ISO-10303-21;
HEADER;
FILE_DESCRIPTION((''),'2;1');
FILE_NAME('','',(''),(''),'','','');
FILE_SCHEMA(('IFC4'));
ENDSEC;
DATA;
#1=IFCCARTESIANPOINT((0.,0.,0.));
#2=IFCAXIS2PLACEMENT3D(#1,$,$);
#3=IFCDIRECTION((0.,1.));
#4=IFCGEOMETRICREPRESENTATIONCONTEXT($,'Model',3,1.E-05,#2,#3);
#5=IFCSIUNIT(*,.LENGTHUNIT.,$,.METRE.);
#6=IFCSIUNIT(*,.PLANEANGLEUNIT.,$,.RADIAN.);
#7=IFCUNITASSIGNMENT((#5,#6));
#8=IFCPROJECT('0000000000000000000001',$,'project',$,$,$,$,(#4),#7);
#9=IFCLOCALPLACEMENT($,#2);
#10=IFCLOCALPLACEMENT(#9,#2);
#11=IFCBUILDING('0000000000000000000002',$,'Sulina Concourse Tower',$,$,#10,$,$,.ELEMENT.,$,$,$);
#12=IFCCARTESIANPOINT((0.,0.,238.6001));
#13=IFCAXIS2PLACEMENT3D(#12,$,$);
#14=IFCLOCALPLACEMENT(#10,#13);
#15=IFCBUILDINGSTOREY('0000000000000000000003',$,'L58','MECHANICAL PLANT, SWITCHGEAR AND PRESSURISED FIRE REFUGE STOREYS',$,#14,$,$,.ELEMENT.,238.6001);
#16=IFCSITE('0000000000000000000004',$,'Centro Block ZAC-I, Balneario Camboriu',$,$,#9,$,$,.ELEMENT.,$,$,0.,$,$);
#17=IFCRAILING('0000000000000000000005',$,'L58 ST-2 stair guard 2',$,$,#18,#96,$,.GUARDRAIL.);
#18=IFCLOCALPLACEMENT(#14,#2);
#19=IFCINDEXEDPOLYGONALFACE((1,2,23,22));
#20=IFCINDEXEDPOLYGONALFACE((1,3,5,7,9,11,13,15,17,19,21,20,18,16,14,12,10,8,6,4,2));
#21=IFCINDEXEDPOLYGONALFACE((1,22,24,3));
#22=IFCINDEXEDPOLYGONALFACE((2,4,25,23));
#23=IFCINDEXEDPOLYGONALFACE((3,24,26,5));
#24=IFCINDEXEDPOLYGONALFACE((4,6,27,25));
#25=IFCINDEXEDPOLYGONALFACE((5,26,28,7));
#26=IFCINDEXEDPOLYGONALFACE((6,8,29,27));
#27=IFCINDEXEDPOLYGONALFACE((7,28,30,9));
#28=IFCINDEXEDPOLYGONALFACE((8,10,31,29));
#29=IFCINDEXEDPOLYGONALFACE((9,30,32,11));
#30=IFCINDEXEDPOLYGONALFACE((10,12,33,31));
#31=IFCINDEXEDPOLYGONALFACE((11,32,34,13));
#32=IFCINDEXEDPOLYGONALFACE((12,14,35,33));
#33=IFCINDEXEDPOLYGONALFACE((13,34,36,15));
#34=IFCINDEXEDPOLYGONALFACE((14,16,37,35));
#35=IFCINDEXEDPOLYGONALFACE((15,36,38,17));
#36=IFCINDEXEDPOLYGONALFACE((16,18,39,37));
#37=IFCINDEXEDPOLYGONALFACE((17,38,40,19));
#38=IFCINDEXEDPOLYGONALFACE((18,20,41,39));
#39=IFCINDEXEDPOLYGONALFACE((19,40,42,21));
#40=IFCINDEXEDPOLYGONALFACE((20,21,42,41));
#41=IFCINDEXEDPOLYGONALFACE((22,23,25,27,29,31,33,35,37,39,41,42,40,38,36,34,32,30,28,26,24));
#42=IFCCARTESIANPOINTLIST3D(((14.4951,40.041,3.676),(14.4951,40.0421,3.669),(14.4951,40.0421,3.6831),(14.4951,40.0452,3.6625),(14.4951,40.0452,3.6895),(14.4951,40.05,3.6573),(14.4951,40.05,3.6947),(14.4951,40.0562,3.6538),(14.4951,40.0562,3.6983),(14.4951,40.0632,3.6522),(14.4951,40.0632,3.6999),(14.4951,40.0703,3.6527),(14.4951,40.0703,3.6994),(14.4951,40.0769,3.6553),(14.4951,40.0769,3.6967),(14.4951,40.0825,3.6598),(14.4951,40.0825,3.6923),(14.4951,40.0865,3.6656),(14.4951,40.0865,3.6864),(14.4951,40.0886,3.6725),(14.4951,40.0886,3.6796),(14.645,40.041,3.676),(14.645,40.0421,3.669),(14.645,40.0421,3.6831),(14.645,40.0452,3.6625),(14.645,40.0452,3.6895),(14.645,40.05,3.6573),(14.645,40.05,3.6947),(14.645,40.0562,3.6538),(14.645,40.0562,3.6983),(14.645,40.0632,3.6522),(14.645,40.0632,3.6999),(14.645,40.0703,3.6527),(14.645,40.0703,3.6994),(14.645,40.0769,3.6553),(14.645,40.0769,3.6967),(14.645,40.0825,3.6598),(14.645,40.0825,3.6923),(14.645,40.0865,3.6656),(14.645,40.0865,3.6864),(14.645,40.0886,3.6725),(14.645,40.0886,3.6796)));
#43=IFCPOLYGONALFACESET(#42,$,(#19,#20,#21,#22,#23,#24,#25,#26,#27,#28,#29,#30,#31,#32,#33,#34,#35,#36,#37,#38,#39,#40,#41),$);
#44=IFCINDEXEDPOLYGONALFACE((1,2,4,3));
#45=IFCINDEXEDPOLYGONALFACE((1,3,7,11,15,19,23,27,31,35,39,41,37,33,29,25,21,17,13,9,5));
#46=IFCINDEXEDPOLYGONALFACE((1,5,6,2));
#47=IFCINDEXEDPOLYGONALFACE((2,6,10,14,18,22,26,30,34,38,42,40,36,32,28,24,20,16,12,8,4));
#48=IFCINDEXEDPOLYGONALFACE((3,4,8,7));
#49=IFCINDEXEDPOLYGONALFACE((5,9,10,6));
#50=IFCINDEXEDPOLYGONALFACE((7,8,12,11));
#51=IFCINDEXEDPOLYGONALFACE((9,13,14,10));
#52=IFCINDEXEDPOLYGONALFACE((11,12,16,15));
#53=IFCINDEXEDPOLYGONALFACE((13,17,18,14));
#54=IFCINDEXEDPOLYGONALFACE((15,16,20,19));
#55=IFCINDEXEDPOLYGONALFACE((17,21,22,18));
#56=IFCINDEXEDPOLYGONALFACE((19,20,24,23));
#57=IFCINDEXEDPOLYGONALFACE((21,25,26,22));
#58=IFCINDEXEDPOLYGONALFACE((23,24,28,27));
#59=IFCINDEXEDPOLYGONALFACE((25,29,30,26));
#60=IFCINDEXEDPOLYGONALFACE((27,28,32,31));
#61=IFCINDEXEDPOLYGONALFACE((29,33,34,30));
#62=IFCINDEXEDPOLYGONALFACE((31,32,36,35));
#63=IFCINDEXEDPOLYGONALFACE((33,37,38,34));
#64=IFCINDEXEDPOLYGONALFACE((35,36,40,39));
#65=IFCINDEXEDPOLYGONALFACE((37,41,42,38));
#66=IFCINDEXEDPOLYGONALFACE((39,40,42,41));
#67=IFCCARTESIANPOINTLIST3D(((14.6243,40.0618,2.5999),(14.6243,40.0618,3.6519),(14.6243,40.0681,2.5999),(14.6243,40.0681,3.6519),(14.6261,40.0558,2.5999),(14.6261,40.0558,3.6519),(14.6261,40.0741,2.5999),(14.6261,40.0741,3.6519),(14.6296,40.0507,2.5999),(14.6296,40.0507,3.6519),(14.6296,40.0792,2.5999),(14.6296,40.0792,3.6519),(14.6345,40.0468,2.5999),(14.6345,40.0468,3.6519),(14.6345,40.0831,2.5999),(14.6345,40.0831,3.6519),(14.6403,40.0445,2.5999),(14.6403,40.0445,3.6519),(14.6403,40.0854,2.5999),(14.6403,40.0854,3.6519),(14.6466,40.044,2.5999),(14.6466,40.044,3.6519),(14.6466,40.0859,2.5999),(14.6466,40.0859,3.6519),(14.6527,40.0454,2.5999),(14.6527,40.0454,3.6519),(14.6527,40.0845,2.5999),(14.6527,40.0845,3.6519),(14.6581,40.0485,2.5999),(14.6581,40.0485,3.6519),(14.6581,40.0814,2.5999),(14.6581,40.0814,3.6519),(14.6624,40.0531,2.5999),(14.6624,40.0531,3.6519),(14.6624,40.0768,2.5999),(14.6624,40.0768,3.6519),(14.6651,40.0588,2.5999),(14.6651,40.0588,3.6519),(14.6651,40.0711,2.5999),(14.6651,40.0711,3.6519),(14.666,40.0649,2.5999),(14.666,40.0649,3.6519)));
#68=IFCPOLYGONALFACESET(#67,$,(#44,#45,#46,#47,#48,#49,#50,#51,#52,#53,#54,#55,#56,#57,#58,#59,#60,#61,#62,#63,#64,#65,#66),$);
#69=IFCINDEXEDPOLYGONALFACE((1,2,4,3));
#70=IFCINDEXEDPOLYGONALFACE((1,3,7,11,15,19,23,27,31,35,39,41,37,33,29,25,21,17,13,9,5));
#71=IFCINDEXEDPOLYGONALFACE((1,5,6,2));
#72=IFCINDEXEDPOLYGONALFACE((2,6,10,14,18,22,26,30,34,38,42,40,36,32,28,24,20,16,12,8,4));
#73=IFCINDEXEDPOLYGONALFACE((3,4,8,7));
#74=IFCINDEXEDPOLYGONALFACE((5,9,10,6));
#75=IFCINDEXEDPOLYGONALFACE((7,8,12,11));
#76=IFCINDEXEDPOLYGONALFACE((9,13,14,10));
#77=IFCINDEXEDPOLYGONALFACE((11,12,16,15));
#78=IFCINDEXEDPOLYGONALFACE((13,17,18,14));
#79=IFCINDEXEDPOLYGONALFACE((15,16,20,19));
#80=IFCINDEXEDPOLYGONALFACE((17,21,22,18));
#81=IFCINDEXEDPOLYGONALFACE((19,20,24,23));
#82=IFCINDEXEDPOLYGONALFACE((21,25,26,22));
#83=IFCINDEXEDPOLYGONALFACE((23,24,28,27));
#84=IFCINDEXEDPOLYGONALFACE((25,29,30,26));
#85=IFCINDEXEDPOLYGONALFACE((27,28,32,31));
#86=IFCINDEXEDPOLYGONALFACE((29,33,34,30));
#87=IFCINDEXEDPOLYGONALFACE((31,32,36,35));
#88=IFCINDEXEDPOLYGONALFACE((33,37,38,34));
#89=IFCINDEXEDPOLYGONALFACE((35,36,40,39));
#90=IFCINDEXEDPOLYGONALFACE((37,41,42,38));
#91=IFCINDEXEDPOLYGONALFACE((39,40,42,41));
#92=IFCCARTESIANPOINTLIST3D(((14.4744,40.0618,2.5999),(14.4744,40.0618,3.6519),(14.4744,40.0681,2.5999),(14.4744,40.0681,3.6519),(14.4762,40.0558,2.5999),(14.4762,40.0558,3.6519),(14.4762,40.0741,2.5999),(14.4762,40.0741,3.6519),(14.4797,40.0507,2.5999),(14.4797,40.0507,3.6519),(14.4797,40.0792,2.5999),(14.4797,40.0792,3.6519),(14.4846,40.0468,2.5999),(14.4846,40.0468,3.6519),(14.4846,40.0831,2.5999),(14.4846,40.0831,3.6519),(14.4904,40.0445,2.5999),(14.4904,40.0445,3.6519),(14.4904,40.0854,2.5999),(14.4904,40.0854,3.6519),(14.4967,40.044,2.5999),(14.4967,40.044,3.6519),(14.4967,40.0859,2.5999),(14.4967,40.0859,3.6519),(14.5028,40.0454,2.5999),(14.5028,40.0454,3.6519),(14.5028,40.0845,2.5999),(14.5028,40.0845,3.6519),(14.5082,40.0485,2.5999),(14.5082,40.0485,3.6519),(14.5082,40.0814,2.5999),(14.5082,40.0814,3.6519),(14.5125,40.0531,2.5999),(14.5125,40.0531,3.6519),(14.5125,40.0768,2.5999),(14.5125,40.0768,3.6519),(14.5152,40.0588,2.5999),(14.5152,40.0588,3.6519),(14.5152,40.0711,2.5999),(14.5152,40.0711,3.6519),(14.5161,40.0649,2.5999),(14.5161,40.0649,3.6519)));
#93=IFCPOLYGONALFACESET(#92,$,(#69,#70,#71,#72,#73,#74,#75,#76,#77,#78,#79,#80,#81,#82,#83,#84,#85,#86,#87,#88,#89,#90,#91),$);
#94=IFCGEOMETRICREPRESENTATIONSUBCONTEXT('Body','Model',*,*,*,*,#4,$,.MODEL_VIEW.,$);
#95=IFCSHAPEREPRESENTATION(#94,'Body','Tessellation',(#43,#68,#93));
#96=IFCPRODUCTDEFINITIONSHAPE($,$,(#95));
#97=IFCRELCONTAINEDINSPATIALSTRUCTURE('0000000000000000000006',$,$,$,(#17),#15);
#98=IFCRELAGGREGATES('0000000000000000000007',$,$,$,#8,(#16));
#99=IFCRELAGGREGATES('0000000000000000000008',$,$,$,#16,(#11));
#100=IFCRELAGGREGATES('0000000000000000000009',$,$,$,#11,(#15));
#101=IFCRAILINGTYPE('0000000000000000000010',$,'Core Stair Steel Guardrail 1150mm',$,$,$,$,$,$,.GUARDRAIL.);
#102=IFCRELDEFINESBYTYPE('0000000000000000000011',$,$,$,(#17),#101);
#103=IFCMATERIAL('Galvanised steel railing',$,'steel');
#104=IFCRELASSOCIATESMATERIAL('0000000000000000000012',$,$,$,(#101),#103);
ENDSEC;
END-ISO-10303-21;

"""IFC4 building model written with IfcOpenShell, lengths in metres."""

from ifc_helpers import new_model, si_unit, direction, frame, origin, origin_2d, place, context, subcontext, project, spatial, circle, extrude, material, type_object, element, save


model = new_model("IFC4")

# Units and contexts
model_context = context("Model", 3, precision=1e-05, world=origin(), true_north=direction((0.0, 1.0)))
body_context = subcontext(model_context, "Body", "Model", "MODEL_VIEW")
ifc_project = project(units=[si_unit("LENGTHUNIT", "METRE"), si_unit("PLANEANGLEUNIT", "RADIAN")], contexts=[model_context])

# Site, building, storey
site_placement = place(None, origin())
site = spatial("IfcSite", under=ifc_project, at=site_placement, Name="Centro Block ZAC-I, Balneario Camboriu", CompositionType="ELEMENT", RefElevation=0.0)
building_placement = place(site_placement, origin())
building = spatial("IfcBuilding", under=site, at=building_placement, Name="Sulina Concourse Tower", CompositionType="ELEMENT")
storey_placement = place(building_placement, frame((0.0, 0.0, 238.6001)))
storey = spatial("IfcBuildingStorey", under=building, at=storey_placement, Name="L58", Description="MECHANICAL PLANT, SWITCHGEAR AND PRESSURISED FIRE REFUGE STOREYS", CompositionType="ELEMENT", Elevation=238.6001)

# Railing
ifc_material_1 = material(Name="Galvanised steel railing", Category="steel")
railing_type_1 = type_object("IfcRailingType", Name="Core Stair Steel Guardrail 1150mm", PredefinedType="GUARDRAIL", material=ifc_material_1)
railing_1_placement = place(storey_placement, frame((14.645, 40.0649, 2.5999)))
element("IfcRailing", 1, at=railing_1_placement, inside=storey, type_object=railing_type_1, Name="L58 ST-2 stair guard 2", PredefinedType="GUARDRAIL", context=body_context, shape_type="SweptSolid", body=[
    extrude(circle(Radius=0.0239, at=origin_2d()), frame((0.0, 0.0, 1.0762), z_axis=(-1.0, 0.0, 0.0), x_axis=(0.0, -1.0, 0.0)), (0.0, 0.0, 1.0), 0.1499),
    extrude(circle(Radius=0.021, at=origin_2d()), origin(), (0.0, 0.0, 1.0), 1.052),
    extrude(circle(Radius=0.021, at=origin_2d()), frame((-0.1499, 0.0, 0.0)), (0.0, 0.0, 1.0), 1.052),
])

save(model, "model.ifc")
